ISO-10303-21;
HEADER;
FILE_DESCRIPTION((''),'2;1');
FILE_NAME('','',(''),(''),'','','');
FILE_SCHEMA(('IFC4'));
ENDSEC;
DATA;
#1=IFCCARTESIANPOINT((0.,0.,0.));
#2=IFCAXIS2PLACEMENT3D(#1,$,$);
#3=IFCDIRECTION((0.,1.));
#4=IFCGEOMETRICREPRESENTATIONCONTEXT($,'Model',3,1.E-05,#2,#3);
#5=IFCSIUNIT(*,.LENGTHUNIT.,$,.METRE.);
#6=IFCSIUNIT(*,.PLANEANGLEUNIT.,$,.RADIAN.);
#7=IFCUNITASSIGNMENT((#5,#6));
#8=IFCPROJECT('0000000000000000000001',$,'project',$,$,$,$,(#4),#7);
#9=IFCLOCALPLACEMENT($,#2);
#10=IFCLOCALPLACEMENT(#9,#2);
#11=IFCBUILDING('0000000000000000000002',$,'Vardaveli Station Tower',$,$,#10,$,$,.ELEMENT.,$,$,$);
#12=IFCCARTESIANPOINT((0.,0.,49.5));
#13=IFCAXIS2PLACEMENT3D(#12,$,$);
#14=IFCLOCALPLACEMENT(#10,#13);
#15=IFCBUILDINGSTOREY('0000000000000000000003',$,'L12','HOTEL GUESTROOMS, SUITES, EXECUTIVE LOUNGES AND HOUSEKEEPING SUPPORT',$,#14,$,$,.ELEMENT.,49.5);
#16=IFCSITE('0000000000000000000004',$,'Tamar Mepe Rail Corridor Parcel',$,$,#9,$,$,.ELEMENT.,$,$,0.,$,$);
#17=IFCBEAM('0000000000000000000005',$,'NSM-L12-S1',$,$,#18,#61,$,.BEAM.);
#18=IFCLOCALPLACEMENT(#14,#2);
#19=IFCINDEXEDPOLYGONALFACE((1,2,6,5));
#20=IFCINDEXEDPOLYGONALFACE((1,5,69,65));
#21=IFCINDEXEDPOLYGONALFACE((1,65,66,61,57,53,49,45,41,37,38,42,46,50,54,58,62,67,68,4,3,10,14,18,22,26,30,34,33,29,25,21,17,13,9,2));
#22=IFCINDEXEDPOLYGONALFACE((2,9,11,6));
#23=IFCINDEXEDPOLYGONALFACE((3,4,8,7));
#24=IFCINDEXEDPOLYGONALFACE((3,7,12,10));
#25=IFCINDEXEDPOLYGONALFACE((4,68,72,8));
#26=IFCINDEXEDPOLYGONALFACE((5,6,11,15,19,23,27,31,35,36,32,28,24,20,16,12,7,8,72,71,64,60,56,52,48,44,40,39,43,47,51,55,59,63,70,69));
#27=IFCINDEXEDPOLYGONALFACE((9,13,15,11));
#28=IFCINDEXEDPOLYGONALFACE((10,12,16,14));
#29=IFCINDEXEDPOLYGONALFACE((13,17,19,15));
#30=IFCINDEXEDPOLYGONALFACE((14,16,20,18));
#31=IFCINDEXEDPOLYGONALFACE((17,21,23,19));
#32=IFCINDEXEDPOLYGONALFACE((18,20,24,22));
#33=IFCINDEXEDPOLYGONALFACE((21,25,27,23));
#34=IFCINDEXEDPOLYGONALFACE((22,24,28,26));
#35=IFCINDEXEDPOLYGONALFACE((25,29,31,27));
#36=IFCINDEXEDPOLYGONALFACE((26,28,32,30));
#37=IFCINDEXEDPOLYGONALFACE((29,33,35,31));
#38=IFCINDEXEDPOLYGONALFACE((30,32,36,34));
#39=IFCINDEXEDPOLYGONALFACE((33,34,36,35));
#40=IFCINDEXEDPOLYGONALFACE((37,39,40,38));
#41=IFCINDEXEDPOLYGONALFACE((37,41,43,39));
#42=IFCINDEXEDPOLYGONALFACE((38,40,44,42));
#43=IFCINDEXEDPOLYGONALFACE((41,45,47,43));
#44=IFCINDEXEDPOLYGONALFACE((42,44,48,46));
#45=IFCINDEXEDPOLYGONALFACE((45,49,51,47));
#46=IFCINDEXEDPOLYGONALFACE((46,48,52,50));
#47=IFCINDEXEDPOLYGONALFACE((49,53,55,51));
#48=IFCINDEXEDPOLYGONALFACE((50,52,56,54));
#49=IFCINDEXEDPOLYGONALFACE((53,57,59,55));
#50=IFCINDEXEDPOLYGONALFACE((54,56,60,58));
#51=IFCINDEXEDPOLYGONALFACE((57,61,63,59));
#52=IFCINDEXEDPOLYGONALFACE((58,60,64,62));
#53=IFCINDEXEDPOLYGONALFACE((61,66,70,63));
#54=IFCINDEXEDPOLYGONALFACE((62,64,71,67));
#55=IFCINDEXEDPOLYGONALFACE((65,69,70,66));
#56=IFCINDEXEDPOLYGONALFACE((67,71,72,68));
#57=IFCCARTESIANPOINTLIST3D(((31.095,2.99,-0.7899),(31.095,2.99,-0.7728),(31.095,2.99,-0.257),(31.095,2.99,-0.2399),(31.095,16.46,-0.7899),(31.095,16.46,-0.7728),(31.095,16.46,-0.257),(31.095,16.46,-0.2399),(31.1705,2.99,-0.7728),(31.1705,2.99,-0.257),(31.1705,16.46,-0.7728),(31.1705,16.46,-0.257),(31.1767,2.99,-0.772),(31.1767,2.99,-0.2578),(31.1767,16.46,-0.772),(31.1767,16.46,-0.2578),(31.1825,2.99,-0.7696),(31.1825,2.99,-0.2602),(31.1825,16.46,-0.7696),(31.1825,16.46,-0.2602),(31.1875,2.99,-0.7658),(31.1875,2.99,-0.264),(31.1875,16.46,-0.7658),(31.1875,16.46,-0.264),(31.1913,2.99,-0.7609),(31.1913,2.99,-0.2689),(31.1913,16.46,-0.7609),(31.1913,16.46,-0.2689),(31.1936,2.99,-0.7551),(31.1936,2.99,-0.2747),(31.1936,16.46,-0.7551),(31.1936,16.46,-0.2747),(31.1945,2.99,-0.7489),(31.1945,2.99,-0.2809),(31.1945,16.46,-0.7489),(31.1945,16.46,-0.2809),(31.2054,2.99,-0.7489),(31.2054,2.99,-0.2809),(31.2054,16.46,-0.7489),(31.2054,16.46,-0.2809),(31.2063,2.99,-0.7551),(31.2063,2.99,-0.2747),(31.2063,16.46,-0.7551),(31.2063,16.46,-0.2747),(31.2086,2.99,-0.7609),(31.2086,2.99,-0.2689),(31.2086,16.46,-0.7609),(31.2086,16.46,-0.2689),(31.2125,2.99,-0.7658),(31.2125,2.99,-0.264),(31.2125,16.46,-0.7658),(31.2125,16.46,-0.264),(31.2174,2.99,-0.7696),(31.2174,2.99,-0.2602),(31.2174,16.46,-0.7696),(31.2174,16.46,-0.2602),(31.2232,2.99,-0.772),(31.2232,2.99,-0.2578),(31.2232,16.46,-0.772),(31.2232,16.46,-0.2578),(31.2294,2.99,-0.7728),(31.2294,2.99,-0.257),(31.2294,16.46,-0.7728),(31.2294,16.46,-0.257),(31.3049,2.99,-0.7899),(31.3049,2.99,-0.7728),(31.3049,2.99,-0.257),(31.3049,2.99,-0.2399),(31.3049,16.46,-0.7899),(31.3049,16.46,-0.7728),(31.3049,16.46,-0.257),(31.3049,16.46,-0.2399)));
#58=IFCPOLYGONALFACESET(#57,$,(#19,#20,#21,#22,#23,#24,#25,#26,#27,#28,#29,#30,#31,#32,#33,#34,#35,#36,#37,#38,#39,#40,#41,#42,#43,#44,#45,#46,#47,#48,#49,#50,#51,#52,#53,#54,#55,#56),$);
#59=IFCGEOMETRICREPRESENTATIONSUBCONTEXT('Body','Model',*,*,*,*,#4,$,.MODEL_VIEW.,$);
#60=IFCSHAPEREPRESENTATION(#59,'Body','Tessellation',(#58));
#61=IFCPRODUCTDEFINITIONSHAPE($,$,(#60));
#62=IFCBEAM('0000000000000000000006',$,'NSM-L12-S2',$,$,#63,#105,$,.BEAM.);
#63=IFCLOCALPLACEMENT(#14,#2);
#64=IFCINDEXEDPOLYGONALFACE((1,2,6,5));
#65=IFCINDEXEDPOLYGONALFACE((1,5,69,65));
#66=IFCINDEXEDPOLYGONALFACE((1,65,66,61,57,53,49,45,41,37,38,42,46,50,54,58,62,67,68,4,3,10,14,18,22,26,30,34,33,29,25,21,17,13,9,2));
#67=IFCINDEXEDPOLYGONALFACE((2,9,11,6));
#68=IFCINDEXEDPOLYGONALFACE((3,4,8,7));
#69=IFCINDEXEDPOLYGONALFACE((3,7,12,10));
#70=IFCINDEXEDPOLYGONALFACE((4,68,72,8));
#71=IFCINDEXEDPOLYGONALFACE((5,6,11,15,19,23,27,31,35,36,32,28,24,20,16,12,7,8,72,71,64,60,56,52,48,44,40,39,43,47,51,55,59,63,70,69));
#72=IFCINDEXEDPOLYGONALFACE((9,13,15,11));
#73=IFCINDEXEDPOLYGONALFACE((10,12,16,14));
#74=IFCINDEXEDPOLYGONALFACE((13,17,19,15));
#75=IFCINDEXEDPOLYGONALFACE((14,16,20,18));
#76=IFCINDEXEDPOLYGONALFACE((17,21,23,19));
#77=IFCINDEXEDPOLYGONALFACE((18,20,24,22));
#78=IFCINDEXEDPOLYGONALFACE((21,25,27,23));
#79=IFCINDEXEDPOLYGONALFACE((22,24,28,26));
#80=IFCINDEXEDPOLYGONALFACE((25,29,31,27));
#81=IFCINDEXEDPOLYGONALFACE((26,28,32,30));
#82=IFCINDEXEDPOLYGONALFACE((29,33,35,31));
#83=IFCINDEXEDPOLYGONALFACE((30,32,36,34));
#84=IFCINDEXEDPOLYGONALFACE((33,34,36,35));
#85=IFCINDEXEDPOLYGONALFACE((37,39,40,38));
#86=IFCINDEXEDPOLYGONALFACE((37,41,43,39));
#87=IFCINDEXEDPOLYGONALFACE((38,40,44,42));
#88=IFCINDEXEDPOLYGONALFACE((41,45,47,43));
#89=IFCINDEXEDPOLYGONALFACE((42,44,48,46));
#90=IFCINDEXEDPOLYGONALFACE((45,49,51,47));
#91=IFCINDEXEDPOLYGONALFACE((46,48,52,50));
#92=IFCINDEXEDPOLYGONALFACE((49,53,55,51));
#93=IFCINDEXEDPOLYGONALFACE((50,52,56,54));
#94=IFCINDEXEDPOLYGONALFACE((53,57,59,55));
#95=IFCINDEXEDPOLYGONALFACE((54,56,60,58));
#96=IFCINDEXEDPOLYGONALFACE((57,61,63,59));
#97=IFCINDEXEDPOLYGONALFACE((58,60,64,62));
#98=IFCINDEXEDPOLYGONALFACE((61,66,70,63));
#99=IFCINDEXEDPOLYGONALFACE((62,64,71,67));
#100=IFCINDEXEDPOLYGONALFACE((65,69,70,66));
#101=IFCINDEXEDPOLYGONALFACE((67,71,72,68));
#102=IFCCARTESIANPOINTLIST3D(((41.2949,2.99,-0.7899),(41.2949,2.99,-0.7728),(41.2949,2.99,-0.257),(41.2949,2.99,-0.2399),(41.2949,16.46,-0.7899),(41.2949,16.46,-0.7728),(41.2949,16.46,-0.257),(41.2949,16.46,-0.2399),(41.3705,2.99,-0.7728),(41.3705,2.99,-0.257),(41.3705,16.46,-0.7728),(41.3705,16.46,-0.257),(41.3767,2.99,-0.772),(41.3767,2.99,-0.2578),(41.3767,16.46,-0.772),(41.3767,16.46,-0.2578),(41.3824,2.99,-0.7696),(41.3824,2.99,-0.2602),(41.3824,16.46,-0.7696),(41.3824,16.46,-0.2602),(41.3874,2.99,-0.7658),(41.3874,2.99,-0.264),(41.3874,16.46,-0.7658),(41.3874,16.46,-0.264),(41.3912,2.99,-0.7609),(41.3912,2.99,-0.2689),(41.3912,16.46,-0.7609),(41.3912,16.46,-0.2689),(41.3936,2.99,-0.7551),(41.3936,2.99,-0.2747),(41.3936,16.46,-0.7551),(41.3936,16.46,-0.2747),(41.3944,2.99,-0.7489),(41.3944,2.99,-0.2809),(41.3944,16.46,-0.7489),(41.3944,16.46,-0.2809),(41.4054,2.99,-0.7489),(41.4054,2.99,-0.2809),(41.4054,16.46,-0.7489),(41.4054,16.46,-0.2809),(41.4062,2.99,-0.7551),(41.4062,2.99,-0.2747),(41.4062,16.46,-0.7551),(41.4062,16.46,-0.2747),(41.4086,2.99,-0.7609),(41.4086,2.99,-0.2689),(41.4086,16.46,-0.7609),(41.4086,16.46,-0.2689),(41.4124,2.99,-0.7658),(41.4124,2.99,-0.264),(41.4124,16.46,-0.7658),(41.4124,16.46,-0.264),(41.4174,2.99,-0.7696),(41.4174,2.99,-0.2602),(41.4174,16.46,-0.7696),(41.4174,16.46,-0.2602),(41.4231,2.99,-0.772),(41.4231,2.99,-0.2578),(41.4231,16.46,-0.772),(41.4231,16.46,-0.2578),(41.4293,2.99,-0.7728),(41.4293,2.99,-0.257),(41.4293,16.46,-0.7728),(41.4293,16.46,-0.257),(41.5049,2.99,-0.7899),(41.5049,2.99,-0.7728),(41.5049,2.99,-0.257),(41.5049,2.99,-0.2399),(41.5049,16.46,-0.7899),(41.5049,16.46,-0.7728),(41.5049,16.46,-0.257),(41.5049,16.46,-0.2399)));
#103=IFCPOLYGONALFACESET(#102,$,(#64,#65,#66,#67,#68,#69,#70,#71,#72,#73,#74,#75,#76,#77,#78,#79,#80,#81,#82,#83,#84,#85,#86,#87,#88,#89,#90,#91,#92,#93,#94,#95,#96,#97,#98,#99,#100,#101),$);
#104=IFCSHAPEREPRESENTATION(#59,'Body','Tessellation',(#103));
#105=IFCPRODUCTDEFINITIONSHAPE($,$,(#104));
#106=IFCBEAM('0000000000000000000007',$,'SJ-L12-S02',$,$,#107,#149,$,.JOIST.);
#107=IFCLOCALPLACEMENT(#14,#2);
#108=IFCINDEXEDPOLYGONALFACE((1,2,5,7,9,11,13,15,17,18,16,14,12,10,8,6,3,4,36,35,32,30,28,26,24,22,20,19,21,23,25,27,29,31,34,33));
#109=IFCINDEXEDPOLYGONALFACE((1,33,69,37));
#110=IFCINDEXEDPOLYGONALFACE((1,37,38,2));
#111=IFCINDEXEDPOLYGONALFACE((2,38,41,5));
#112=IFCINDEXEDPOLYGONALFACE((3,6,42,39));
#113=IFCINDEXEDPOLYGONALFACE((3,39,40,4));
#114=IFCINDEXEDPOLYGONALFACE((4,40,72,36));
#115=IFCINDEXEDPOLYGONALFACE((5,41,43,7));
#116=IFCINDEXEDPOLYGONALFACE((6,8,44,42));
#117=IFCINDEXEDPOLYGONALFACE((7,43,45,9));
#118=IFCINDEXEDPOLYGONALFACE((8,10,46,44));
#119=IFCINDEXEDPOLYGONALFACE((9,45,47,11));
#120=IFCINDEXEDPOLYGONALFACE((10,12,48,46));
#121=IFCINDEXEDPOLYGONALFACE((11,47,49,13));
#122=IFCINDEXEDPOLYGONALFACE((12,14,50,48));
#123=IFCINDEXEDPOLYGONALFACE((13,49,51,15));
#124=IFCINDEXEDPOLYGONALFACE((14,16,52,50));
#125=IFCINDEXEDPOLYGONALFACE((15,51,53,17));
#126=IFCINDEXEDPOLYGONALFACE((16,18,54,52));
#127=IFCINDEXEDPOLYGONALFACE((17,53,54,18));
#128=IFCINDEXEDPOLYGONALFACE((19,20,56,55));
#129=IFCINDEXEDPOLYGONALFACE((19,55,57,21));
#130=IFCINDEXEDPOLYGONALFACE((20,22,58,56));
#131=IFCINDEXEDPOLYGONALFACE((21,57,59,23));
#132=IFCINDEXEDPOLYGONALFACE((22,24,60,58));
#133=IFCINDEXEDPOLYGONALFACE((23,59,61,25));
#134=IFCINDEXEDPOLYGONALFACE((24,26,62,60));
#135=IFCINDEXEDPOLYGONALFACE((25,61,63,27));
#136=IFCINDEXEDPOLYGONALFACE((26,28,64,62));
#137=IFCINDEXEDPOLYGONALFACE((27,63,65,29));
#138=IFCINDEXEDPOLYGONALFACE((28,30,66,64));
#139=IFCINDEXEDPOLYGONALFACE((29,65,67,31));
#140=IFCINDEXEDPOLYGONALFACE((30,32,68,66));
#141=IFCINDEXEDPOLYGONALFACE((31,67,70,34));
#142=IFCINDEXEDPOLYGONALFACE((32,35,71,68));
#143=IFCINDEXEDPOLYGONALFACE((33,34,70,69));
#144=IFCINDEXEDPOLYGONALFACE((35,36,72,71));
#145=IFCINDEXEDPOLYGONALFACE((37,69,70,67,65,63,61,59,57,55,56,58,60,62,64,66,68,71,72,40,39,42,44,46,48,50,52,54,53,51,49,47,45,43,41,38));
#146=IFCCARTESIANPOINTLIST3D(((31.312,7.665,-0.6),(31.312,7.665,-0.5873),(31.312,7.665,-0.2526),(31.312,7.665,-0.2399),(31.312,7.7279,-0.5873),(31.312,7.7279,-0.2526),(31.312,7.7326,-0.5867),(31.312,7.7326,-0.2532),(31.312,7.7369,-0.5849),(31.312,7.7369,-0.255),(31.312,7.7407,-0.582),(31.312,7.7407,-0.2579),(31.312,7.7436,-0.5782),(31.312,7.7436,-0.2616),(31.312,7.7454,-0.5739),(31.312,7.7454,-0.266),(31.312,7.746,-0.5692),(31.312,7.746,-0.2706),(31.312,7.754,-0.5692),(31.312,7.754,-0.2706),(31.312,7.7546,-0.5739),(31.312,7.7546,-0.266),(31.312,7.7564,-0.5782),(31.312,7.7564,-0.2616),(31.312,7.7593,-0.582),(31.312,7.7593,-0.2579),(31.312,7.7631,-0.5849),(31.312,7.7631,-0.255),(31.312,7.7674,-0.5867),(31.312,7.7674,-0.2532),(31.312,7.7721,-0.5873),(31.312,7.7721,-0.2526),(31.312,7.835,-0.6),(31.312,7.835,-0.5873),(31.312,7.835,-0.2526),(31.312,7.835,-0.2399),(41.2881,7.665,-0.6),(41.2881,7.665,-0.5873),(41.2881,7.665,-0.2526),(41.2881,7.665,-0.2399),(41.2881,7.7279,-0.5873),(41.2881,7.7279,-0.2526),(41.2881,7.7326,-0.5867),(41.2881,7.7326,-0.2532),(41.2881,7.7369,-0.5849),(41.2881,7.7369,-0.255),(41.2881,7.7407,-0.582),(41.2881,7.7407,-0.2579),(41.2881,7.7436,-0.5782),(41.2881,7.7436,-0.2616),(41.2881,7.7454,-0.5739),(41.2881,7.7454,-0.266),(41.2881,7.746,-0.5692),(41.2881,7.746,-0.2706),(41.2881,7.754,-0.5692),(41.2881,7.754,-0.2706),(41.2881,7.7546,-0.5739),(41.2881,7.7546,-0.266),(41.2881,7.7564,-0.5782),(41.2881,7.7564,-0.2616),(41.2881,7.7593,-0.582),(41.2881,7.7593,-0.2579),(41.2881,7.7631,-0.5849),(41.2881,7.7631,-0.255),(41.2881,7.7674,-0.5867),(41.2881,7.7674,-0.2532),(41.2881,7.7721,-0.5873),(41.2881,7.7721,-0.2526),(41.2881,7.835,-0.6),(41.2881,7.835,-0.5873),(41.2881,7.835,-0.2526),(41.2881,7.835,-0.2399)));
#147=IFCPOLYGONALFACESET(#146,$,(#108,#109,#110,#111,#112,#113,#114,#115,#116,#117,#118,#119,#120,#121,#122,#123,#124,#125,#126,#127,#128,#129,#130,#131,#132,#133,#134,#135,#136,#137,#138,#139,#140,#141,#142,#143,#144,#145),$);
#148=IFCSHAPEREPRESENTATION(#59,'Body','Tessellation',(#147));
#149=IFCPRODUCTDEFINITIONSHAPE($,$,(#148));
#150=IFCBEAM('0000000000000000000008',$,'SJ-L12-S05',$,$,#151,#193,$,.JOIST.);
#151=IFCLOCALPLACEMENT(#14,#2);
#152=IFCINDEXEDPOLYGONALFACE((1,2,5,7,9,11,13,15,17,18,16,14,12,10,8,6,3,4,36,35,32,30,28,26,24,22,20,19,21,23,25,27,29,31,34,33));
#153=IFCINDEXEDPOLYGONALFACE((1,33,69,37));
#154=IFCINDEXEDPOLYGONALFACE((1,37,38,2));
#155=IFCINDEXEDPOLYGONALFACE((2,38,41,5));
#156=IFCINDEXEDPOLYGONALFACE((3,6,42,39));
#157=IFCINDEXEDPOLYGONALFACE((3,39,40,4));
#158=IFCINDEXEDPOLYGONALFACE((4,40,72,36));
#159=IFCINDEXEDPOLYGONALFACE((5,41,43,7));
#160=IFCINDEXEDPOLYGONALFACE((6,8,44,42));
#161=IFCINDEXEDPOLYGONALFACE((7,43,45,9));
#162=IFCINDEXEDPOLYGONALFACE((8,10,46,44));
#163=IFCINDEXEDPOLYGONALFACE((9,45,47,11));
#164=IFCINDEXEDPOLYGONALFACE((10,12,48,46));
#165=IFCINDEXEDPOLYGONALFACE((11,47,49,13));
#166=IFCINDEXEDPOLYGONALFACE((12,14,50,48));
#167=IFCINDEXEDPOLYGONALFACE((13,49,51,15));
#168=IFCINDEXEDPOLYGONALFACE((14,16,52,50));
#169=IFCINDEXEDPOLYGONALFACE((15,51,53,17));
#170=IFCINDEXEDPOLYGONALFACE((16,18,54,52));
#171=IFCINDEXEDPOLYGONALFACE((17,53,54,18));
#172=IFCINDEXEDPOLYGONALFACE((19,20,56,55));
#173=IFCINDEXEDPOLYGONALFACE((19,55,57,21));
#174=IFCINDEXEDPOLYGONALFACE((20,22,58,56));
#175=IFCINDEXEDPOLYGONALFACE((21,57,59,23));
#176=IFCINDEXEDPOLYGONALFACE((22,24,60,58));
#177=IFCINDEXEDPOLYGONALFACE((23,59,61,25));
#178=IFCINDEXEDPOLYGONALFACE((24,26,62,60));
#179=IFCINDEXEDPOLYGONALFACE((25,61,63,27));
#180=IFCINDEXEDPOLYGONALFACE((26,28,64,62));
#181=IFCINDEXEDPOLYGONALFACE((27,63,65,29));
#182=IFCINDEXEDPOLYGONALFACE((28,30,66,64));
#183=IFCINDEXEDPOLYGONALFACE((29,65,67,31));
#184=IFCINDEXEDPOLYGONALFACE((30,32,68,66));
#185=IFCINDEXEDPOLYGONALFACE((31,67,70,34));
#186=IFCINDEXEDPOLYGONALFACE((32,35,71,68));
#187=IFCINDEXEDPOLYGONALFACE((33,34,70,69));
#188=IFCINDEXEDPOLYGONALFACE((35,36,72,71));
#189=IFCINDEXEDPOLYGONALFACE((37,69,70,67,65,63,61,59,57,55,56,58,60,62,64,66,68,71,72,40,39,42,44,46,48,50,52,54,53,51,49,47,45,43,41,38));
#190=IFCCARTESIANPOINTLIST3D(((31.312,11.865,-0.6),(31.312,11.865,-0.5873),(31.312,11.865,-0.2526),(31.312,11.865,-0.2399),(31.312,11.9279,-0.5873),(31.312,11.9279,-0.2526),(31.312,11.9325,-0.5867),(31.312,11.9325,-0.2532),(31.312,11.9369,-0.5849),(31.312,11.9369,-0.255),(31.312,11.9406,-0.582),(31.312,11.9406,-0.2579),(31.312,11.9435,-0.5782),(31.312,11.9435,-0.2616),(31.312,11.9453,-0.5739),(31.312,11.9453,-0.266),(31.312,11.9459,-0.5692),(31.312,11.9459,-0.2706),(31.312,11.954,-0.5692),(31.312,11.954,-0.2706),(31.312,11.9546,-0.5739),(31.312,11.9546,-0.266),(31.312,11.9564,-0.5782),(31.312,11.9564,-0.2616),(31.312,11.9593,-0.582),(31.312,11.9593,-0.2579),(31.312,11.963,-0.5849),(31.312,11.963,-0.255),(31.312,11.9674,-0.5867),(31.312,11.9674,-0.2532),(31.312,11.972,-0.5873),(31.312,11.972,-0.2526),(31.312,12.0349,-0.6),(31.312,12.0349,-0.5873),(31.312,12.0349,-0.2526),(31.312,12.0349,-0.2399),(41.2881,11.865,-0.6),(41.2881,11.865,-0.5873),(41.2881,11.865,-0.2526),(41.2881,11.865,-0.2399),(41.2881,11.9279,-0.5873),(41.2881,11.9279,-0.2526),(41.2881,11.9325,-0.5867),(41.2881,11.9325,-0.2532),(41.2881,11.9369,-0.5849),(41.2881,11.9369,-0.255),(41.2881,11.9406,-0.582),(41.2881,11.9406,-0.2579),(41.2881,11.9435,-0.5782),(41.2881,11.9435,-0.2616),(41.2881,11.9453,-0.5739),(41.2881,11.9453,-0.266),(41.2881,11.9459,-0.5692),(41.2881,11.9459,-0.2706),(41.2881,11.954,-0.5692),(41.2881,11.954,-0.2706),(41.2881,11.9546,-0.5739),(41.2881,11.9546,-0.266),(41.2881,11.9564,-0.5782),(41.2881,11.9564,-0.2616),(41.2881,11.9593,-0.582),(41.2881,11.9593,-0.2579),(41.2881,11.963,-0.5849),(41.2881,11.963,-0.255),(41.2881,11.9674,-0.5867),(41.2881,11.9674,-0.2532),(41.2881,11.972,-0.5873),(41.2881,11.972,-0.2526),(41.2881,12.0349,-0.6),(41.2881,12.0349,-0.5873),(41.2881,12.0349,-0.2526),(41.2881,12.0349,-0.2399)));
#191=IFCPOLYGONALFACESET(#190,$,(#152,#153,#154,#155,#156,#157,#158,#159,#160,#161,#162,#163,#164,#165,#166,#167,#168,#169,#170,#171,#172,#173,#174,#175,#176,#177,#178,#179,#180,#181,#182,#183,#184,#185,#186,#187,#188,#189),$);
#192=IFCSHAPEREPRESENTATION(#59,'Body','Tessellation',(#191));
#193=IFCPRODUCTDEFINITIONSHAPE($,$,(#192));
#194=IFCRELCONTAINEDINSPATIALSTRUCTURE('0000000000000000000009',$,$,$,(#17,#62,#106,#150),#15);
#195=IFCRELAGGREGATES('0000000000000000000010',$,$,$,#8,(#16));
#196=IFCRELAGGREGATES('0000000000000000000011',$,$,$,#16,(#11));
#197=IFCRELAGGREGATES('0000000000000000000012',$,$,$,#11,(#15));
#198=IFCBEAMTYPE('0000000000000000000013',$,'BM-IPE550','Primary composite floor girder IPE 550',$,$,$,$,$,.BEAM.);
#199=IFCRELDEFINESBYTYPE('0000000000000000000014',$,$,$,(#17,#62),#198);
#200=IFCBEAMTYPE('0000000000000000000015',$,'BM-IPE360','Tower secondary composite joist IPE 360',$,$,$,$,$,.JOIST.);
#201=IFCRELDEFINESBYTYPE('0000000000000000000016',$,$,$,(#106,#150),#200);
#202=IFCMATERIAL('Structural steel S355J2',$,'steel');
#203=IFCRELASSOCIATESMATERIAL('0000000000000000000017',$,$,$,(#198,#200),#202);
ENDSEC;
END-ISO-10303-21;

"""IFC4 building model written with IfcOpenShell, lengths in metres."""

from ifc_helpers import new_model, si_unit, direction, frame, origin, origin_2d, place, context, subcontext, project, spatial, i_section, extrude, source, transform, mapped, material, material_profile, profile_set, type_object, element, save


model = new_model("IFC4")

# Units and contexts
model_context = context("Model", 3, precision=1e-05, world=origin(), true_north=direction((0.0, 1.0)))
body_context = subcontext(model_context, "Body", "Model", "MODEL_VIEW")
ifc_project = project(units=[si_unit("LENGTHUNIT", "METRE"), si_unit("PLANEANGLEUNIT", "RADIAN")], contexts=[model_context])

# Site, building, storey
site_placement = place(None, origin())
site = spatial("IfcSite", under=ifc_project, at=site_placement, Name="Tamar Mepe Rail Corridor Parcel", CompositionType="ELEMENT", RefElevation=0.0)
building_placement = place(site_placement, origin())
building = spatial("IfcBuilding", under=site, at=building_placement, Name="Vardaveli Station Tower", CompositionType="ELEMENT")
storey_placement = place(building_placement, frame((0.0, 0.0, 49.5)))
storey = spatial("IfcBuildingStorey", under=building, at=storey_placement, Name="L12", Description="HOTEL GUESTROOMS, SUITES, EXECUTIVE LOUNGES AND HOUSEKEEPING SUPPORT", CompositionType="ELEMENT", Elevation=49.5)

# Beams
ifc_material_1 = material(Name="Structural steel S355J2", Category="steel")
ifc_material_profile_1 = material_profile(ifc_material_1, i_section(OverallWidth=0.21, OverallDepth=0.55, WebThickness=0.011, FlangeThickness=0.0171, FilletRadius=0.0239, at=origin_2d()), Name="IPE 550")
ifc_profile_set_1 = profile_set([ifc_material_profile_1], Name="Structural steel S355J2")
beam_type_1 = type_object("IfcBeamType", Name="BM-IPE550", Description="Primary composite floor girder IPE 550", PredefinedType="BEAM", material=ifc_profile_set_1)
shared_shape_1 = source(origin(), body_context, "Body", "SweptSolid", [
    extrude(i_section(OverallWidth=0.21, OverallDepth=0.55, WebThickness=0.011, FlangeThickness=0.0171, FilletRadius=0.0239, at=origin_2d()), origin(), (0.0, 0.0, 1.0), 13.47),
])
for number, where, z_axis, x_axis, name in (
    (1, (31.2, 2.99, -0.5149), (0.0, 1.0, 0.0), (-1.0, 0.0, 0.0), "NSM-L12-S1"),
    (2, (41.3999, 2.99, -0.5149), (0.0, 1.0, 0.0), (-1.0, 0.0, 0.0), "NSM-L12-S2"),
):
    element("IfcBeam", number, at=place(storey_placement, frame(where, z_axis=z_axis, x_axis=x_axis)), inside=storey, type_object=beam_type_1, Name=name, PredefinedType="BEAM", context=body_context, shape_type="MappedRepresentation", body=[
        mapped(shared_shape_1, transform((0.0, 0.0, 0.0), scale=1.0)),
    ])
ifc_material_profile_2 = material_profile(ifc_material_1, i_section(OverallWidth=0.1699, OverallDepth=0.3601, WebThickness=0.0081, FlangeThickness=0.0127, FilletRadius=0.0181, at=origin_2d()), Name="IPE 360")
ifc_profile_set_2 = profile_set([ifc_material_profile_2], Name="Structural steel S355J2")
beam_type_2 = type_object("IfcBeamType", Name="BM-IPE360", Description="Tower secondary composite joist IPE 360", PredefinedType="JOIST", material=ifc_profile_set_2)
shared_shape_2 = source(origin(), body_context, "Body", "SweptSolid", [
    extrude(i_section(OverallWidth=0.1699, OverallDepth=0.3601, WebThickness=0.0081, FlangeThickness=0.0127, FilletRadius=0.0181, at=origin_2d()), origin(), (0.0, 0.0, 1.0), 9.9761),
])
for number, where, z_axis, x_axis, name in (
    (3, (31.312, 7.75, -0.4199), (1.0, 0.0, 0.0), (0.0, 1.0, 0.0), "SJ-L12-S02"),
    (4, (31.312, 11.95, -0.4199), (1.0, 0.0, 0.0), (0.0, 1.0, 0.0), "SJ-L12-S05"),
):
    element("IfcBeam", number, at=place(storey_placement, frame(where, z_axis=z_axis, x_axis=x_axis)), inside=storey, type_object=beam_type_2, Name=name, PredefinedType="JOIST", context=body_context, shape_type="MappedRepresentation", body=[
        mapped(shared_shape_2, transform((0.0, 0.0, 0.0), scale=1.0)),
    ])

save(model, "model.ifc")
